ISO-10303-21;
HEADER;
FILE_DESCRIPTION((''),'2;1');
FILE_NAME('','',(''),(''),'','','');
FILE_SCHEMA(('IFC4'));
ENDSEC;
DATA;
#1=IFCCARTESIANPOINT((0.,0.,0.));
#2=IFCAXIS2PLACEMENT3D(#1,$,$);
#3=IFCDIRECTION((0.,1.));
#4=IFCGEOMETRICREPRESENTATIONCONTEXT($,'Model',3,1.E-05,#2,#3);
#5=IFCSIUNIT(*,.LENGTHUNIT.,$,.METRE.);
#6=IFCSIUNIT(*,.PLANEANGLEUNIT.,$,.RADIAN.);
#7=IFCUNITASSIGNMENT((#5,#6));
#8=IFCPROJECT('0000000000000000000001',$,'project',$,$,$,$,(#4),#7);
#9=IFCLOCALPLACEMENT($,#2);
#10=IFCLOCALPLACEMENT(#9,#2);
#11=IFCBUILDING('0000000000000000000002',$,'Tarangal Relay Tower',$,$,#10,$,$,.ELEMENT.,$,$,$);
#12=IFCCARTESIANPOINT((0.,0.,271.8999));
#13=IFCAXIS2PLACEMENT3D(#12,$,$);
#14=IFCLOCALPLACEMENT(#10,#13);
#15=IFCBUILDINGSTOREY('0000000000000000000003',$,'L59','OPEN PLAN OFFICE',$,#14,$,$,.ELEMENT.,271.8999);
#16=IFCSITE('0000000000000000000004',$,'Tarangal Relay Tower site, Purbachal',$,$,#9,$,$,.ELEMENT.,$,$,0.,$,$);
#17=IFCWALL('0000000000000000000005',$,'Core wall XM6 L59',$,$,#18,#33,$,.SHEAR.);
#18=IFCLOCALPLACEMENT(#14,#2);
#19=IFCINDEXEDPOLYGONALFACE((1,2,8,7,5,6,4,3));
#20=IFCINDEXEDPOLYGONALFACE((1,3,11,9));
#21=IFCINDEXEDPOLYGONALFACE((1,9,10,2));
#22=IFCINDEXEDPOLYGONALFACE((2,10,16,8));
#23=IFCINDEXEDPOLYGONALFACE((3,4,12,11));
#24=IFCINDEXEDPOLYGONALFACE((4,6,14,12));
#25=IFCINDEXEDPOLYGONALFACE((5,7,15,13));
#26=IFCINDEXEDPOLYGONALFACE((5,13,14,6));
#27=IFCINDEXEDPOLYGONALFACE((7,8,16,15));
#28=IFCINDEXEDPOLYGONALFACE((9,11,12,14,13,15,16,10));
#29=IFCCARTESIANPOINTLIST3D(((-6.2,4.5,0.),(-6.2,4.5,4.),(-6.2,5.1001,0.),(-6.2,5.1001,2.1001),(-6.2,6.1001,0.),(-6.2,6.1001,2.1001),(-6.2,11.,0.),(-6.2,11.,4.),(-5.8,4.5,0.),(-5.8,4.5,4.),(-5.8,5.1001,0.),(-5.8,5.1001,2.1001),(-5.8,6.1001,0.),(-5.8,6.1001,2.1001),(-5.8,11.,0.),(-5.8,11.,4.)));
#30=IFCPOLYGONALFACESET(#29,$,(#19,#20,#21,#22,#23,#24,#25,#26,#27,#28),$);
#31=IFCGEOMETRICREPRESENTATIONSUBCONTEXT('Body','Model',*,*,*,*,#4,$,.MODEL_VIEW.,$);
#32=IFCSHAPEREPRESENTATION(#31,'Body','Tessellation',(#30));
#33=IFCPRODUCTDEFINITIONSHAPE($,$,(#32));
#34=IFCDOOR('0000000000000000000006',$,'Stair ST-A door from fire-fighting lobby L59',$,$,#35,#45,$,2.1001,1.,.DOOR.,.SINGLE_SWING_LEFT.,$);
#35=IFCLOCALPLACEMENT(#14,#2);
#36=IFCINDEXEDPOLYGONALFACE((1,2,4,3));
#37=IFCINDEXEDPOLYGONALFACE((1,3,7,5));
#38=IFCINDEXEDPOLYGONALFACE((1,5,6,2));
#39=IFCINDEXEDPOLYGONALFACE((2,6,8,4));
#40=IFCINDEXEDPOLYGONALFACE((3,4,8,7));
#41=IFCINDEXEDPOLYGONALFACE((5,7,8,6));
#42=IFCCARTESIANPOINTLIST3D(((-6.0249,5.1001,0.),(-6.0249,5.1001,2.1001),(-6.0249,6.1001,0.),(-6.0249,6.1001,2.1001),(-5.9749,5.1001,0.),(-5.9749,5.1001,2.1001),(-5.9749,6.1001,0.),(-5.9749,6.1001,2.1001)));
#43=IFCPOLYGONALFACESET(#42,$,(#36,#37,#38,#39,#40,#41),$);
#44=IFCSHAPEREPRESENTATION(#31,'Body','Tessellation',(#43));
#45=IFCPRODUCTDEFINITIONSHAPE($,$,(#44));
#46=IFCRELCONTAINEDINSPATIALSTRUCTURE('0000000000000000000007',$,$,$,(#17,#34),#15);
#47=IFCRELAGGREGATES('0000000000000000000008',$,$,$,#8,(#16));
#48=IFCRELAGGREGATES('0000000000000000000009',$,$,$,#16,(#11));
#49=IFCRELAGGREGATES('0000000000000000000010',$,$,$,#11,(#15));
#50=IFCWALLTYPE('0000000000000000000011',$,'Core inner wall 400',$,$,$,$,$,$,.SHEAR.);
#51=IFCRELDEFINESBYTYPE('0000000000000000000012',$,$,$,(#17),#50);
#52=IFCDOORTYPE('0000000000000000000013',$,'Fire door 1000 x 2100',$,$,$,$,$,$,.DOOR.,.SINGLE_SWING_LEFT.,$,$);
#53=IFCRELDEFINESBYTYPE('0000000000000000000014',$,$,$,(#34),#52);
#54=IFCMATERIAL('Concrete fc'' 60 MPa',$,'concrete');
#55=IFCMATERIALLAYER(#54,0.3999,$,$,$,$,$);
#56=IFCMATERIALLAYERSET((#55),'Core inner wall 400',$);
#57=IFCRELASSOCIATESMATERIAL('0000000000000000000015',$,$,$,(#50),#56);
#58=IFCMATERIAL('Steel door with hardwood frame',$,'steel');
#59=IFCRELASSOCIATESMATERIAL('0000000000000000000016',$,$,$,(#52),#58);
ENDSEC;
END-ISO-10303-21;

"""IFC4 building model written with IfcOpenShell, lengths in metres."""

from ifc_helpers import new_model, si_unit, direction, frame, frame_2d, origin, place, context, subcontext, project, spatial, rectangle, extrude, material, layer, layer_set, type_object, element, fill, save


model = new_model("IFC4")

# Units and contexts
model_context = context("Model", 3, precision=1e-05, world=origin(), true_north=direction((0.0, 1.0)))
body_context = subcontext(model_context, "Body", "Model", "MODEL_VIEW")
ifc_project = project(units=[si_unit("LENGTHUNIT", "METRE"), si_unit("PLANEANGLEUNIT", "RADIAN")], contexts=[model_context])

# Site, building, storey
site_placement = place(None, origin())
site = spatial("IfcSite", under=ifc_project, at=site_placement, Name="Tarangal Relay Tower site, Purbachal", CompositionType="ELEMENT", RefElevation=0.0)
building_placement = place(site_placement, origin())
building = spatial("IfcBuilding", under=site, at=building_placement, Name="Tarangal Relay Tower", CompositionType="ELEMENT")
storey_placement = place(building_placement, frame((0.0, 0.0, 271.8999)))
storey = spatial("IfcBuildingStorey", under=building, at=storey_placement, Name="L59", Description="OPEN PLAN OFFICE", CompositionType="ELEMENT", Elevation=271.8999)

# Shared definitions
ifc_material_1 = material(Name="Concrete fc' 60 MPa", Category="concrete")
ifc_layer_1 = layer(ifc_material_1, 0.3999)
ifc_layer_set_1 = layer_set([ifc_layer_1], Name="Core inner wall 400")
wall_type = type_object("IfcWallType", Name="Core inner wall 400", PredefinedType="SHEAR", material=ifc_layer_set_1)
ifc_material_2 = material(Name="Steel door with hardwood frame", Category="steel")

# Wall, opening, door
wall_1_placement = place(storey_placement, frame((-6.0, 4.5, 0.0), z_axis=(0.0, 0.0, 1.0), x_axis=(0.0, 1.0, 0.0)))
wall_1 = element("IfcWall", 1, at=wall_1_placement, inside=storey, type_object=wall_type, Name="Core wall XM6 L59", PredefinedType="SHEAR", context=body_context, shape_type="SweptSolid", body=[
    extrude(rectangle(XDim=6.5, YDim=0.3999, at=frame_2d((3.25, 0.0))), origin(), (0.0, 0.0, 1.0), 4.0),
])
opening_1_placement = place(wall_1_placement, frame((0.6001, 0.0, 0.0)))
opening_1 = element("IfcOpeningElement", 2, at=opening_1_placement, cuts=wall_1, PredefinedType="OPENING", context=body_context, shape_type="SweptSolid", body=[
    extrude(rectangle(XDim=1.0, YDim=2.1001, at=frame_2d((0.5, 1.05))), frame((0.0, 0.21, 0.0), z_axis=(0.0, -1.0, 0.0), x_axis=(1.0, 0.0, 0.0)), (0.0, 0.0, 1.0), 0.4199),
])
door_type_1 = type_object("IfcDoorType", Name="Fire door 1000 x 2100", OperationType="SINGLE_SWING_LEFT", PredefinedType="DOOR", material=ifc_material_2)
door_1_placement = place(opening_1_placement, origin())
door_1 = element("IfcDoor", 3, at=door_1_placement, inside=storey, type_object=door_type_1, Name="Stair ST-A door from fire-fighting lobby L59", OperationType="SINGLE_SWING_LEFT", OverallHeight=2.1001, OverallWidth=1.0, PredefinedType="DOOR", context=body_context, shape_type="SweptSolid", body=[
    extrude(rectangle(XDim=1.0, YDim=2.1001, at=frame_2d((0.5, 1.05))), frame((0.0, 0.0249, 0.0), z_axis=(0.0, -1.0, 0.0), x_axis=(1.0, 0.0, 0.0)), (0.0, 0.0, 1.0), 0.05),
])
fill(opening_1, door_1)

save(model, "model.ifc")
